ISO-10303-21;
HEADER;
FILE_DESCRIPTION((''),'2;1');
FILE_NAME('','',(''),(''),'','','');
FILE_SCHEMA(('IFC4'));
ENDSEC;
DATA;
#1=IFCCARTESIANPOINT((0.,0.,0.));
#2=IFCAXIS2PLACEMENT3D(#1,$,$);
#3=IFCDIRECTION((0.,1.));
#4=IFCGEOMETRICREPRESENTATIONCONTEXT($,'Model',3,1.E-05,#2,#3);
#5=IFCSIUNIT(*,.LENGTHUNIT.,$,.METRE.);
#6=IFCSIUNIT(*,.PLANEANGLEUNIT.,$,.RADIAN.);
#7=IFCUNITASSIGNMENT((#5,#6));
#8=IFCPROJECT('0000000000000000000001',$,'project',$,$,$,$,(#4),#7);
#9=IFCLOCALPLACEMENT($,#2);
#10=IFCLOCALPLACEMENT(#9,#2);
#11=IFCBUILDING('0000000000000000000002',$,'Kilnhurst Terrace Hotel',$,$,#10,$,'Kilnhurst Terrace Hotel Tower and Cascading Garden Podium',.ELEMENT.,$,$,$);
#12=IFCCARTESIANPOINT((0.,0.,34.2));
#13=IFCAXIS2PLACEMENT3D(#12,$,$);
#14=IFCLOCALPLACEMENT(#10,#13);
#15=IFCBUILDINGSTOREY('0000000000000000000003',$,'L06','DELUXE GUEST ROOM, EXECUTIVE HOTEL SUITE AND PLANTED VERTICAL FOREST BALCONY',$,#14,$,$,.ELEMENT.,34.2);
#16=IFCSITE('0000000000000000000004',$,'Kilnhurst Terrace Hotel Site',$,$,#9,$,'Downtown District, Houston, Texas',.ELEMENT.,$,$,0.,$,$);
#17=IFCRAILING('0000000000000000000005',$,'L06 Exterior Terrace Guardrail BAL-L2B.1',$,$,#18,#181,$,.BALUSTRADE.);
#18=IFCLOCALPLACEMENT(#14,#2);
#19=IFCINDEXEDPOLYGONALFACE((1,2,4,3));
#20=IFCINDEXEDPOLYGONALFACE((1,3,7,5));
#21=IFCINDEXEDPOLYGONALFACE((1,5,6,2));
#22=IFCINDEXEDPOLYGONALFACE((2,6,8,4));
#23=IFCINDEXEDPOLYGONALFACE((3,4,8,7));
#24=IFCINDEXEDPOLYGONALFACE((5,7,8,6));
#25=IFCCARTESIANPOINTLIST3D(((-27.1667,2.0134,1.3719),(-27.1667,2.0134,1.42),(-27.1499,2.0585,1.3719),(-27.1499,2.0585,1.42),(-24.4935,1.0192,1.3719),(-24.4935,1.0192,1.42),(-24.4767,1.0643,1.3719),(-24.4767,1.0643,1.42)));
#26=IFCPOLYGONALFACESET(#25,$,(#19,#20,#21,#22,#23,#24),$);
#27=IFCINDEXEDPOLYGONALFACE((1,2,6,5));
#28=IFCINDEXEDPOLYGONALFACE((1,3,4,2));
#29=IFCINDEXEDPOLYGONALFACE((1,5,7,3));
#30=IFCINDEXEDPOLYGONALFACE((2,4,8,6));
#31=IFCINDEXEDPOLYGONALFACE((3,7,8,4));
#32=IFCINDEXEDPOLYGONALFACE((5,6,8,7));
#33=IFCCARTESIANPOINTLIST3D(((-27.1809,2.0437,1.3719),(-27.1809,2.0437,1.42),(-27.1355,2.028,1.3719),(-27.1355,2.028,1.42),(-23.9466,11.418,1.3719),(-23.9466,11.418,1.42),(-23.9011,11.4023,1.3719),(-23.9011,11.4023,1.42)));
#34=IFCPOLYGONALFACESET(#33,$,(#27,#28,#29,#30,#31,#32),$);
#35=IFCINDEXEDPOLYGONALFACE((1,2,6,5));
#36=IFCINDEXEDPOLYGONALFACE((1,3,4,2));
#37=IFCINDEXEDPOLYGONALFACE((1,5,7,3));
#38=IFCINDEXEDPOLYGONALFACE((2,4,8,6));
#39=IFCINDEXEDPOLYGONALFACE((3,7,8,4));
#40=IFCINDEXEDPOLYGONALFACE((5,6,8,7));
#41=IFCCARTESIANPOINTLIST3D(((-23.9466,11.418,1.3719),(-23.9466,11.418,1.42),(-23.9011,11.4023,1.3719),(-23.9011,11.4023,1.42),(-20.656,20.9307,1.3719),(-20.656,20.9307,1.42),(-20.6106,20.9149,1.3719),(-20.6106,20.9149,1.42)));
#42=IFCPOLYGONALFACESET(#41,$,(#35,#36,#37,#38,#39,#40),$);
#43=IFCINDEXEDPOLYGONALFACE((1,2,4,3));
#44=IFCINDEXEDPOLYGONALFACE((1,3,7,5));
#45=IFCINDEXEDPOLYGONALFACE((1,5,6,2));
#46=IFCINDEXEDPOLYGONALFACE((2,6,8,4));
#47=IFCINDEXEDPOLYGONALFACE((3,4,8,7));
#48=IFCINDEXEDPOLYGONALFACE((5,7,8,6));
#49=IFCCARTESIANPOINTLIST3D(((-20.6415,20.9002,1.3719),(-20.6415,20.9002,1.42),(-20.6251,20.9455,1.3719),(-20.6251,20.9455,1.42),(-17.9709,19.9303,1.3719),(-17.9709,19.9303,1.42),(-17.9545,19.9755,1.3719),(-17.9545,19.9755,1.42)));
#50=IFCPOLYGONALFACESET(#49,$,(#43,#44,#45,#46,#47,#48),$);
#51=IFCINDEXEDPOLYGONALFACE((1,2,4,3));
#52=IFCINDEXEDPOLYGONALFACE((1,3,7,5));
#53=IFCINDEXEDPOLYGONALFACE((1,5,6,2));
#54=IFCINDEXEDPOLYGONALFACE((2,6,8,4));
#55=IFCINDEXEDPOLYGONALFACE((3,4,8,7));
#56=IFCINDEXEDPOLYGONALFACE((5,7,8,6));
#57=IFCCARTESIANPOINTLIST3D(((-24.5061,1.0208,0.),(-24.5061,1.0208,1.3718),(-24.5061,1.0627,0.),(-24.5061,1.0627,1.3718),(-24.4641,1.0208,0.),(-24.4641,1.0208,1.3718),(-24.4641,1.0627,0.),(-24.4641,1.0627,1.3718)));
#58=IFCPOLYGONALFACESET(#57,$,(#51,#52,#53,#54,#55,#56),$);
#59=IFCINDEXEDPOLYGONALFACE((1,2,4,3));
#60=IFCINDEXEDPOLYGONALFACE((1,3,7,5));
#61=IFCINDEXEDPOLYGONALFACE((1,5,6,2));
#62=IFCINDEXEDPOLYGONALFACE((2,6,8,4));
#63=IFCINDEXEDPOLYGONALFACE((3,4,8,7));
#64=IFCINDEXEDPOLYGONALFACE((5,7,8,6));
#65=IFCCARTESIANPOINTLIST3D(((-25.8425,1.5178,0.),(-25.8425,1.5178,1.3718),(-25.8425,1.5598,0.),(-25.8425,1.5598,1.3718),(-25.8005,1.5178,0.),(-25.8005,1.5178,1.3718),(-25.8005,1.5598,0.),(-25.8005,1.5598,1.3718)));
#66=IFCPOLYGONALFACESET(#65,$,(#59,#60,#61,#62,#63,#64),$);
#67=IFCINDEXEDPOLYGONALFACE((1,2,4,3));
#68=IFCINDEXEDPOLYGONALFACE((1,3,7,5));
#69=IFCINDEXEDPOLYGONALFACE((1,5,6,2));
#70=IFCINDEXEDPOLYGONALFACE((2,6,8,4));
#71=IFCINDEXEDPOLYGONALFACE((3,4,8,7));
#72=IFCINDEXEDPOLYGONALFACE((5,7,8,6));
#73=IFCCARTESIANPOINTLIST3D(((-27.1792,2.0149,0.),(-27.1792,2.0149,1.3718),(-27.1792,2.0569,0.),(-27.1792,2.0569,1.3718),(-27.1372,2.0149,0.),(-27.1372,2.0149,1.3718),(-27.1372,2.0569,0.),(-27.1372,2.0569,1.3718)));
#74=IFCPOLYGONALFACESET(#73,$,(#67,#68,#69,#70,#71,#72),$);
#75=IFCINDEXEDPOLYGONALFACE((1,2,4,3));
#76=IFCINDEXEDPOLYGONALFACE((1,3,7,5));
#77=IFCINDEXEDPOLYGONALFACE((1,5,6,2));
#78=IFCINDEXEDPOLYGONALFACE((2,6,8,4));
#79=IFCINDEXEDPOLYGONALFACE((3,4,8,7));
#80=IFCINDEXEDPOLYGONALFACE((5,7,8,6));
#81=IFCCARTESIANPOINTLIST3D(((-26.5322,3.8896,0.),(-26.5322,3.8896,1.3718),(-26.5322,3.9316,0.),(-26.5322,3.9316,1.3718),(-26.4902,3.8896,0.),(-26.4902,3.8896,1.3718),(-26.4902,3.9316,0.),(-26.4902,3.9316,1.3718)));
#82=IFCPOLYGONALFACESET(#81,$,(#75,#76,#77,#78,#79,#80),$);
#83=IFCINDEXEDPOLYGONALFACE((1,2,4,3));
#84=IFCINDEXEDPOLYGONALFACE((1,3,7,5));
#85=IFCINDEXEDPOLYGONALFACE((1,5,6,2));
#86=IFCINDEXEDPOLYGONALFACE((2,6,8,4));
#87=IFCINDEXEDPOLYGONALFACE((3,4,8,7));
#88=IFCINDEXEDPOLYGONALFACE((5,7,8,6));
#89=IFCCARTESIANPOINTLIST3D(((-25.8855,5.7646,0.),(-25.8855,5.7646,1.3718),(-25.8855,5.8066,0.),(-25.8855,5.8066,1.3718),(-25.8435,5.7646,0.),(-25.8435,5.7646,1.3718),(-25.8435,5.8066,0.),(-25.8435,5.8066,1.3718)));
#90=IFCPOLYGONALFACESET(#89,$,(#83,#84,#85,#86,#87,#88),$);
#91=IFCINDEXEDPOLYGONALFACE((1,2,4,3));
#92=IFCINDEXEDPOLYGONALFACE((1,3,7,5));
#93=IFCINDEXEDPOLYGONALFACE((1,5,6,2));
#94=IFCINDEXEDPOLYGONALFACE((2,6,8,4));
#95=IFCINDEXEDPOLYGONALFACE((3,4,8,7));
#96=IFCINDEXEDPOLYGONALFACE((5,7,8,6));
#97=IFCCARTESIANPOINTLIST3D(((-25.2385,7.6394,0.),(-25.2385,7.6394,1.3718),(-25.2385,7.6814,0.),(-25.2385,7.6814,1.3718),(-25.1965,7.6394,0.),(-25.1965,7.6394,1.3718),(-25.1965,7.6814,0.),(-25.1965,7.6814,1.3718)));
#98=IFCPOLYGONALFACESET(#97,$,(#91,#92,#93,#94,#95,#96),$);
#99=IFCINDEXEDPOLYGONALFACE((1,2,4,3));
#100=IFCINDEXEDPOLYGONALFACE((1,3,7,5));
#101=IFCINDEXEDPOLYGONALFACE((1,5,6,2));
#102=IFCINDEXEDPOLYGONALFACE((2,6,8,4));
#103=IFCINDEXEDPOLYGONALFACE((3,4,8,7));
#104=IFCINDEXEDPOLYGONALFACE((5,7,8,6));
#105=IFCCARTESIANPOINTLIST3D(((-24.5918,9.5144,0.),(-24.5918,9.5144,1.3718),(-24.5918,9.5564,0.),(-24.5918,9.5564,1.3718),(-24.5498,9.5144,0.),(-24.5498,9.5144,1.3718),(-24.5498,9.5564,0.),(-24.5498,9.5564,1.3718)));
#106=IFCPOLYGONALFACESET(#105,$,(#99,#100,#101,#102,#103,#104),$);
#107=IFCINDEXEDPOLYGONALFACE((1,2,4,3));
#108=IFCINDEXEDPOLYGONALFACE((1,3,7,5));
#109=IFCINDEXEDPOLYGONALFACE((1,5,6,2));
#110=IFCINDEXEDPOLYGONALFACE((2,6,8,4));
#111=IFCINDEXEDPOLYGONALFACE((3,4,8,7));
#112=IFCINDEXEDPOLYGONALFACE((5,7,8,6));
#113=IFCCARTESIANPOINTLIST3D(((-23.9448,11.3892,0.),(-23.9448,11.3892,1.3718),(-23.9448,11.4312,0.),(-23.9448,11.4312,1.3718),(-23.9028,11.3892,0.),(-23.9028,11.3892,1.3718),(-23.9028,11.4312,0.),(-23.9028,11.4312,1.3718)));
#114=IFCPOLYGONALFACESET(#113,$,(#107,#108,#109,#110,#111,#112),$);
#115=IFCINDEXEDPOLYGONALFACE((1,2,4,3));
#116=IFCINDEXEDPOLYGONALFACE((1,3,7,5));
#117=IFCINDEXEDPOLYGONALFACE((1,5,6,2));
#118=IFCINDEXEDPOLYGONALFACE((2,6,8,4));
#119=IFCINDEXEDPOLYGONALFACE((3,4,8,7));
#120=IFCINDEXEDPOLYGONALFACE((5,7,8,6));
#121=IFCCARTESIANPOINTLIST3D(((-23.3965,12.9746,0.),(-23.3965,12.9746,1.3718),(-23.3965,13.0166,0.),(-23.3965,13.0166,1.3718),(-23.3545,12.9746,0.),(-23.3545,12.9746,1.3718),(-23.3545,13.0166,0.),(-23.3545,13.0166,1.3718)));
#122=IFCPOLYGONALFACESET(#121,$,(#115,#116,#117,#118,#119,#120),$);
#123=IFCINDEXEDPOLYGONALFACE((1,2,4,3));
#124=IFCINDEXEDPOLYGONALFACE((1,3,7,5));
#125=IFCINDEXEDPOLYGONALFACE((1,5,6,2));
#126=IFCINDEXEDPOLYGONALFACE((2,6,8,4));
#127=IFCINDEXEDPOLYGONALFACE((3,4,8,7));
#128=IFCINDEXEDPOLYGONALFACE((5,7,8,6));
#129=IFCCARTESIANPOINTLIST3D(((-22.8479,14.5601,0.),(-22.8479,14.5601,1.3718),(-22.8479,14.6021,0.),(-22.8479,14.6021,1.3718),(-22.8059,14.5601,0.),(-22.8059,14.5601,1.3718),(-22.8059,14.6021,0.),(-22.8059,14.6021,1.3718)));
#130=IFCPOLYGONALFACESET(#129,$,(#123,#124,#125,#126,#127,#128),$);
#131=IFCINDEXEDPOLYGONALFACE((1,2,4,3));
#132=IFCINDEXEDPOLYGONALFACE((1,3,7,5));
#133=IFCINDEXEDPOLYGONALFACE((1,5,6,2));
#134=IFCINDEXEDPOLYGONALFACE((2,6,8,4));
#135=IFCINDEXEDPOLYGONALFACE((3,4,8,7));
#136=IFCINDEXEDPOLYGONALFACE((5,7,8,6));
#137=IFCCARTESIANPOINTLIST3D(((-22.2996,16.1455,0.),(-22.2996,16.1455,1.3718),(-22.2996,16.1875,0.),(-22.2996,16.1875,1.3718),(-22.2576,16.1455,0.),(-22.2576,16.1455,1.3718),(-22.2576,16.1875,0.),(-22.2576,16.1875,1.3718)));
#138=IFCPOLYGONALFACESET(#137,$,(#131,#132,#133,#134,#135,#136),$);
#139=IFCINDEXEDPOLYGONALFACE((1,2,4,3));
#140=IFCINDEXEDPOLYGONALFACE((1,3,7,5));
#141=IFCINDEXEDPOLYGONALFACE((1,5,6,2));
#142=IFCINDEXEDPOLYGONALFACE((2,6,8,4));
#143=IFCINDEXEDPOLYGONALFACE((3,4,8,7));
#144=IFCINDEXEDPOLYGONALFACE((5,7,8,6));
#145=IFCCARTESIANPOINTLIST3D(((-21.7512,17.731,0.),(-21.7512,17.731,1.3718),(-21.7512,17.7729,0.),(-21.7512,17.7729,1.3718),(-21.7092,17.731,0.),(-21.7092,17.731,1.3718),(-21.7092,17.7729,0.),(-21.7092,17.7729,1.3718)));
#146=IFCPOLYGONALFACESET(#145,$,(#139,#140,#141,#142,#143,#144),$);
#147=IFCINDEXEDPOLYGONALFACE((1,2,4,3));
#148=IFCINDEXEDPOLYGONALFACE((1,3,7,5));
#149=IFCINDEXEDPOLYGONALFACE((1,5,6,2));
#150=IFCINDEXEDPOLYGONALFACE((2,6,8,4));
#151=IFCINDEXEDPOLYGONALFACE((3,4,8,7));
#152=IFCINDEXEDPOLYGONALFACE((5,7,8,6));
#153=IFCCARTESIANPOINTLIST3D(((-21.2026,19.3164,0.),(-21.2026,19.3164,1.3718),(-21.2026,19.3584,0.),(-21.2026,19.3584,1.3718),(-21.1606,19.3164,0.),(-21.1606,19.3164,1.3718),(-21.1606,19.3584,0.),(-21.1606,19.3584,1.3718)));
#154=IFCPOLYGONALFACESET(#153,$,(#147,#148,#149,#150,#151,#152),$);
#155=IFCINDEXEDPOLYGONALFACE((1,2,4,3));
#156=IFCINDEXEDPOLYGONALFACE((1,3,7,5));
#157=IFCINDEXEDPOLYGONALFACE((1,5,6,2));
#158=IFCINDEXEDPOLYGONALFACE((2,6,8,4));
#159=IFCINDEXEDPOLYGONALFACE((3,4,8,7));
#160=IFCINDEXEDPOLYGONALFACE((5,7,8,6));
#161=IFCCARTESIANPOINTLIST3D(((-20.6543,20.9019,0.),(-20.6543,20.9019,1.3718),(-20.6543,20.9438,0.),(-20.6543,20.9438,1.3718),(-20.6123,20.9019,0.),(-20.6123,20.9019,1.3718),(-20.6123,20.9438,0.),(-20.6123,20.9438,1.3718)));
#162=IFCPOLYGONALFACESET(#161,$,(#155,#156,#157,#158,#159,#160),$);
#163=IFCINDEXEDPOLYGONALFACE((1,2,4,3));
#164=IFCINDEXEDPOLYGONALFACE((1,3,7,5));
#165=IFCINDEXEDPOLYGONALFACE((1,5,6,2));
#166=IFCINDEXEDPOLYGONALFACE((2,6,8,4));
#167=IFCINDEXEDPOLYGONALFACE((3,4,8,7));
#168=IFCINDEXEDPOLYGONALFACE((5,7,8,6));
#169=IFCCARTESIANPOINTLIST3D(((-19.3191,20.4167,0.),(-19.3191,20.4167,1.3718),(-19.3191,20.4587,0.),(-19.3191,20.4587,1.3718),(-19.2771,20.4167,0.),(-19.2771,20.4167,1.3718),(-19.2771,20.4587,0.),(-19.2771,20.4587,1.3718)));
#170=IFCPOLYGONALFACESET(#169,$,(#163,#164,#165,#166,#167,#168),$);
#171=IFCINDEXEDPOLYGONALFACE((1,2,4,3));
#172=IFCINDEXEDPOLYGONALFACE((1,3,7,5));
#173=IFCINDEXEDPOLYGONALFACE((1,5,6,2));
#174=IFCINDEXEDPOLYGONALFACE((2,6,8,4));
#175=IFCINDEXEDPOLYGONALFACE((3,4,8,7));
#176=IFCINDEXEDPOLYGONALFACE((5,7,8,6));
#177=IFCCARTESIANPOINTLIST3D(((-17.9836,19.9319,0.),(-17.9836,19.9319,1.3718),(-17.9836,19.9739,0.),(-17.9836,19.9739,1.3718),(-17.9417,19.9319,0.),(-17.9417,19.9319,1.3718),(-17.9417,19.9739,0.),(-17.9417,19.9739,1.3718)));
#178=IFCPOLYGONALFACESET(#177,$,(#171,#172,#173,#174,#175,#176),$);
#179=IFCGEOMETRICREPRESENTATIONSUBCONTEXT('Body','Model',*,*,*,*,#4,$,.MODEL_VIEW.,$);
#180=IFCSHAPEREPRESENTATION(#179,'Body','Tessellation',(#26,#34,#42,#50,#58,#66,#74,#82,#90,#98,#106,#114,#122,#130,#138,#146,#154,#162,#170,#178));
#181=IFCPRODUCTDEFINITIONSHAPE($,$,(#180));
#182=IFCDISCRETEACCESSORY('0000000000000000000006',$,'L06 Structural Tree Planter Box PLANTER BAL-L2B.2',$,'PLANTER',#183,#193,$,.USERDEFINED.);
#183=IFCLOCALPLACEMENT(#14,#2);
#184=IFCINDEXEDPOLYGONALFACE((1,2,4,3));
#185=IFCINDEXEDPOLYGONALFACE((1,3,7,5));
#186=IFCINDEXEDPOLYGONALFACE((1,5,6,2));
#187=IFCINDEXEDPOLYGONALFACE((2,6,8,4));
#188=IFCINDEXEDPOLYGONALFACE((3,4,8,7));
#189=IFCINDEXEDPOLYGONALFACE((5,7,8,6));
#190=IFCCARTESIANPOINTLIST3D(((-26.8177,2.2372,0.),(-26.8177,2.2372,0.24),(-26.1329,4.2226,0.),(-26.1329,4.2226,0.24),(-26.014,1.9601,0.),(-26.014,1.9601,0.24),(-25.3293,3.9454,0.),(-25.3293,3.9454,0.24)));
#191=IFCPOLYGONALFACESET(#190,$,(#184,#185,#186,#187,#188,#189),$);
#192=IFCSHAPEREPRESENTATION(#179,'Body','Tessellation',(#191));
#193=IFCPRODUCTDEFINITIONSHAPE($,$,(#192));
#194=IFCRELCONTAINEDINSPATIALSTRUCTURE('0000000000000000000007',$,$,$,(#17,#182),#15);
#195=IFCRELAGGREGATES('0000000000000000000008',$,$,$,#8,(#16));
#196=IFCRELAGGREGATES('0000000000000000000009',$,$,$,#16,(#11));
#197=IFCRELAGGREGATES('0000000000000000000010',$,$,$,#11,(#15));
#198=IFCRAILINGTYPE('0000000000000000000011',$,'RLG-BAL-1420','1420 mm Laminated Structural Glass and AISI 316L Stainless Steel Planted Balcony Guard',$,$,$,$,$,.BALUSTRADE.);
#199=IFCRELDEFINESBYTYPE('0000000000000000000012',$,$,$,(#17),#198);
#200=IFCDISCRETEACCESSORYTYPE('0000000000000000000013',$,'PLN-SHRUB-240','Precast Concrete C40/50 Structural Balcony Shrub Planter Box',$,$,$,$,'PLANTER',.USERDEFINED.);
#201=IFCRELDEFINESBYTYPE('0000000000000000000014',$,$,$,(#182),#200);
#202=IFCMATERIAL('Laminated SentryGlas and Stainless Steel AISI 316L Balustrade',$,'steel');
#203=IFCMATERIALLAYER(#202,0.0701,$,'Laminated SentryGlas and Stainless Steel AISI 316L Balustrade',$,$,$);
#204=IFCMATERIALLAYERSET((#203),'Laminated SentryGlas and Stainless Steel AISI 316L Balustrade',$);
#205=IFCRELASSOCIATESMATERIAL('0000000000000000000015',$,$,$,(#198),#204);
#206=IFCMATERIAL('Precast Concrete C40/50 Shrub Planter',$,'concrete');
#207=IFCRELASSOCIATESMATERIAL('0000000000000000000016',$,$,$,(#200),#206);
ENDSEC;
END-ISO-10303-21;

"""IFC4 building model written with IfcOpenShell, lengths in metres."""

from ifc_helpers import new_model, si_unit, direction, frame, origin, origin_2d, place, context, subcontext, project, spatial, rectangle, extrude, material, layer, layer_set, type_object, element, save


model = new_model("IFC4")

# Units and contexts
model_context = context("Model", 3, precision=1e-05, world=origin(), true_north=direction((0.0, 1.0)))
body_context = subcontext(model_context, "Body", "Model", "MODEL_VIEW")
ifc_project = project(units=[si_unit("LENGTHUNIT", "METRE"), si_unit("PLANEANGLEUNIT", "RADIAN")], contexts=[model_context])

# Site, building, storey
site_placement = place(None, origin())
site = spatial("IfcSite", under=ifc_project, at=site_placement, Name="Kilnhurst Terrace Hotel Site", LongName="Downtown District, Houston, Texas", CompositionType="ELEMENT", RefElevation=0.0)
building_placement = place(site_placement, origin())
building = spatial("IfcBuilding", under=site, at=building_placement, Name="Kilnhurst Terrace Hotel", LongName="Kilnhurst Terrace Hotel Tower and Cascading Garden Podium", CompositionType="ELEMENT")
storey_placement = place(building_placement, frame((0.0, 0.0, 34.2)))
storey = spatial("IfcBuildingStorey", under=building, at=storey_placement, Name="L06", Description="DELUXE GUEST ROOM, EXECUTIVE HOTEL SUITE AND PLANTED VERTICAL FOREST BALCONY", CompositionType="ELEMENT", Elevation=34.2)

# Railing
ifc_material_1 = material(Name="Laminated SentryGlas and Stainless Steel AISI 316L Balustrade", Category="steel")
ifc_layer_1 = layer(ifc_material_1, 0.0701, Name="Laminated SentryGlas and Stainless Steel AISI 316L Balustrade")
ifc_layer_set_1 = layer_set([ifc_layer_1], Name="Laminated SentryGlas and Stainless Steel AISI 316L Balustrade")
railing_type = type_object("IfcRailingType", Name="RLG-BAL-1420", Description="1420 mm Laminated Structural Glass and AISI 316L Stainless Steel Planted Balcony Guard", PredefinedType="BALUSTRADE", material=ifc_layer_set_1)
railing_placement = place(storey_placement, frame((-24.4851, 1.0417, 0.0)))
element("IfcRailing", 1, at=railing_placement, inside=storey, type_object=railing_type, Name="L06 Exterior Terrace Guardrail BAL-L2B.1", PredefinedType="BALUSTRADE", context=body_context, shape_type="SweptSolid", body=[
    extrude(rectangle(XDim=0.0481, YDim=0.0481, at=origin_2d()), frame((0.0, 0.0, 1.396), z_axis=(-0.937279, 0.34858, 0.0), x_axis=(-0.34858, -0.937279, 0.0)), (0.0, 0.0, 1.0), 2.8521),
    extrude(rectangle(XDim=0.0481, YDim=0.0481, at=origin_2d()), frame((-2.6731, 0.9941, 1.396), z_axis=(0.326159, 0.945315, 0.0), x_axis=(-0.945315, 0.326159, 0.0)), (0.0, 0.0, 1.0), 9.9165),
    extrude(rectangle(XDim=0.0481, YDim=0.0481, at=origin_2d()), frame((0.5613, 10.3684, 1.396), z_axis=(0.326904, 0.945058, 0.0), x_axis=(-0.945058, 0.326904, 0.0)), (0.0, 0.0, 1.0), 10.0657),
    extrude(rectangle(XDim=0.0481, YDim=0.0481, at=origin_2d()), frame((3.8518, 19.8811, 1.396), z_axis=(0.939926, -0.341377, 0.0), x_axis=(0.341377, 0.939926, 0.0)), (0.0, 0.0, 1.0), 2.8413),
    extrude(rectangle(XDim=0.042, YDim=0.042, at=origin_2d()), origin(), (0.0, 0.0, 1.0), 1.3718),
    extrude(rectangle(XDim=0.042, YDim=0.042, at=origin_2d()), frame((-1.3364, 0.4971, 0.0)), (0.0, 0.0, 1.0), 1.3718),
    extrude(rectangle(XDim=0.042, YDim=0.042, at=origin_2d()), frame((-2.6731, 0.9941, 0.0)), (0.0, 0.0, 1.0), 1.3718),
    extrude(rectangle(XDim=0.042, YDim=0.042, at=origin_2d()), frame((-2.0261, 2.8689, 0.0)), (0.0, 0.0, 1.0), 1.3718),
    extrude(rectangle(XDim=0.042, YDim=0.042, at=origin_2d()), frame((-1.3794, 4.7439, 0.0)), (0.0, 0.0, 1.0), 1.3718),
    extrude(rectangle(XDim=0.042, YDim=0.042, at=origin_2d()), frame((-0.7324, 6.6187, 0.0)), (0.0, 0.0, 1.0), 1.3718),
    extrude(rectangle(XDim=0.042, YDim=0.042, at=origin_2d()), frame((-0.0857, 8.4937, 0.0)), (0.0, 0.0, 1.0), 1.3718),
    extrude(rectangle(XDim=0.042, YDim=0.042, at=origin_2d()), frame((0.5613, 10.3684, 0.0)), (0.0, 0.0, 1.0), 1.3718),
    extrude(rectangle(XDim=0.042, YDim=0.042, at=origin_2d()), frame((1.1096, 11.9539, 0.0)), (0.0, 0.0, 1.0), 1.3718),
    extrude(rectangle(XDim=0.042, YDim=0.042, at=origin_2d()), frame((1.6582, 13.5393, 0.0)), (0.0, 0.0, 1.0), 1.3718),
    extrude(rectangle(XDim=0.042, YDim=0.042, at=origin_2d()), frame((2.2065, 15.1248, 0.0)), (0.0, 0.0, 1.0), 1.3718),
    extrude(rectangle(XDim=0.042, YDim=0.042, at=origin_2d()), frame((2.7549, 16.7102, 0.0)), (0.0, 0.0, 1.0), 1.3718),
    extrude(rectangle(XDim=0.042, YDim=0.042, at=origin_2d()), frame((3.3035, 18.2957, 0.0)), (0.0, 0.0, 1.0), 1.3718),
    extrude(rectangle(XDim=0.042, YDim=0.042, at=origin_2d()), frame((3.8518, 19.8811, 0.0)), (0.0, 0.0, 1.0), 1.3718),
    extrude(rectangle(XDim=0.042, YDim=0.042, at=origin_2d()), frame((5.187, 19.396, 0.0)), (0.0, 0.0, 1.0), 1.3718),
    extrude(rectangle(XDim=0.042, YDim=0.042, at=origin_2d()), frame((6.5225, 18.9111, 0.0)), (0.0, 0.0, 1.0), 1.3718),
])

# Discrete accessory
ifc_material_2 = material(Name="Precast Concrete C40/50 Shrub Planter", Category="concrete")
discrete_accessory_type = type_object("IfcDiscreteAccessoryType", Name="PLN-SHRUB-240", Description="Precast Concrete C40/50 Structural Balcony Shrub Planter Box", ElementType="PLANTER", PredefinedType="USERDEFINED", material=ifc_material_2)
discrete_accessory_placement = place(storey_placement, frame((-26.0735, 3.0913, 0.0), z_axis=(0.0, 0.0, 1.0), x_axis=(-0.326063, -0.945348, 0.0)))
element("IfcDiscreteAccessory", 2, at=discrete_accessory_placement, inside=storey, type_object=discrete_accessory_type, Name="L06 Structural Tree Planter Box PLANTER BAL-L2B.2", ObjectType="PLANTER", PredefinedType="USERDEFINED", context=body_context, shape_type="SweptSolid", body=[
    extrude(rectangle(XDim=2.1001, YDim=0.8501, at=origin_2d()), origin(), (0.0, 0.0, 1.0), 0.24),
])

save(model, "model.ifc")
